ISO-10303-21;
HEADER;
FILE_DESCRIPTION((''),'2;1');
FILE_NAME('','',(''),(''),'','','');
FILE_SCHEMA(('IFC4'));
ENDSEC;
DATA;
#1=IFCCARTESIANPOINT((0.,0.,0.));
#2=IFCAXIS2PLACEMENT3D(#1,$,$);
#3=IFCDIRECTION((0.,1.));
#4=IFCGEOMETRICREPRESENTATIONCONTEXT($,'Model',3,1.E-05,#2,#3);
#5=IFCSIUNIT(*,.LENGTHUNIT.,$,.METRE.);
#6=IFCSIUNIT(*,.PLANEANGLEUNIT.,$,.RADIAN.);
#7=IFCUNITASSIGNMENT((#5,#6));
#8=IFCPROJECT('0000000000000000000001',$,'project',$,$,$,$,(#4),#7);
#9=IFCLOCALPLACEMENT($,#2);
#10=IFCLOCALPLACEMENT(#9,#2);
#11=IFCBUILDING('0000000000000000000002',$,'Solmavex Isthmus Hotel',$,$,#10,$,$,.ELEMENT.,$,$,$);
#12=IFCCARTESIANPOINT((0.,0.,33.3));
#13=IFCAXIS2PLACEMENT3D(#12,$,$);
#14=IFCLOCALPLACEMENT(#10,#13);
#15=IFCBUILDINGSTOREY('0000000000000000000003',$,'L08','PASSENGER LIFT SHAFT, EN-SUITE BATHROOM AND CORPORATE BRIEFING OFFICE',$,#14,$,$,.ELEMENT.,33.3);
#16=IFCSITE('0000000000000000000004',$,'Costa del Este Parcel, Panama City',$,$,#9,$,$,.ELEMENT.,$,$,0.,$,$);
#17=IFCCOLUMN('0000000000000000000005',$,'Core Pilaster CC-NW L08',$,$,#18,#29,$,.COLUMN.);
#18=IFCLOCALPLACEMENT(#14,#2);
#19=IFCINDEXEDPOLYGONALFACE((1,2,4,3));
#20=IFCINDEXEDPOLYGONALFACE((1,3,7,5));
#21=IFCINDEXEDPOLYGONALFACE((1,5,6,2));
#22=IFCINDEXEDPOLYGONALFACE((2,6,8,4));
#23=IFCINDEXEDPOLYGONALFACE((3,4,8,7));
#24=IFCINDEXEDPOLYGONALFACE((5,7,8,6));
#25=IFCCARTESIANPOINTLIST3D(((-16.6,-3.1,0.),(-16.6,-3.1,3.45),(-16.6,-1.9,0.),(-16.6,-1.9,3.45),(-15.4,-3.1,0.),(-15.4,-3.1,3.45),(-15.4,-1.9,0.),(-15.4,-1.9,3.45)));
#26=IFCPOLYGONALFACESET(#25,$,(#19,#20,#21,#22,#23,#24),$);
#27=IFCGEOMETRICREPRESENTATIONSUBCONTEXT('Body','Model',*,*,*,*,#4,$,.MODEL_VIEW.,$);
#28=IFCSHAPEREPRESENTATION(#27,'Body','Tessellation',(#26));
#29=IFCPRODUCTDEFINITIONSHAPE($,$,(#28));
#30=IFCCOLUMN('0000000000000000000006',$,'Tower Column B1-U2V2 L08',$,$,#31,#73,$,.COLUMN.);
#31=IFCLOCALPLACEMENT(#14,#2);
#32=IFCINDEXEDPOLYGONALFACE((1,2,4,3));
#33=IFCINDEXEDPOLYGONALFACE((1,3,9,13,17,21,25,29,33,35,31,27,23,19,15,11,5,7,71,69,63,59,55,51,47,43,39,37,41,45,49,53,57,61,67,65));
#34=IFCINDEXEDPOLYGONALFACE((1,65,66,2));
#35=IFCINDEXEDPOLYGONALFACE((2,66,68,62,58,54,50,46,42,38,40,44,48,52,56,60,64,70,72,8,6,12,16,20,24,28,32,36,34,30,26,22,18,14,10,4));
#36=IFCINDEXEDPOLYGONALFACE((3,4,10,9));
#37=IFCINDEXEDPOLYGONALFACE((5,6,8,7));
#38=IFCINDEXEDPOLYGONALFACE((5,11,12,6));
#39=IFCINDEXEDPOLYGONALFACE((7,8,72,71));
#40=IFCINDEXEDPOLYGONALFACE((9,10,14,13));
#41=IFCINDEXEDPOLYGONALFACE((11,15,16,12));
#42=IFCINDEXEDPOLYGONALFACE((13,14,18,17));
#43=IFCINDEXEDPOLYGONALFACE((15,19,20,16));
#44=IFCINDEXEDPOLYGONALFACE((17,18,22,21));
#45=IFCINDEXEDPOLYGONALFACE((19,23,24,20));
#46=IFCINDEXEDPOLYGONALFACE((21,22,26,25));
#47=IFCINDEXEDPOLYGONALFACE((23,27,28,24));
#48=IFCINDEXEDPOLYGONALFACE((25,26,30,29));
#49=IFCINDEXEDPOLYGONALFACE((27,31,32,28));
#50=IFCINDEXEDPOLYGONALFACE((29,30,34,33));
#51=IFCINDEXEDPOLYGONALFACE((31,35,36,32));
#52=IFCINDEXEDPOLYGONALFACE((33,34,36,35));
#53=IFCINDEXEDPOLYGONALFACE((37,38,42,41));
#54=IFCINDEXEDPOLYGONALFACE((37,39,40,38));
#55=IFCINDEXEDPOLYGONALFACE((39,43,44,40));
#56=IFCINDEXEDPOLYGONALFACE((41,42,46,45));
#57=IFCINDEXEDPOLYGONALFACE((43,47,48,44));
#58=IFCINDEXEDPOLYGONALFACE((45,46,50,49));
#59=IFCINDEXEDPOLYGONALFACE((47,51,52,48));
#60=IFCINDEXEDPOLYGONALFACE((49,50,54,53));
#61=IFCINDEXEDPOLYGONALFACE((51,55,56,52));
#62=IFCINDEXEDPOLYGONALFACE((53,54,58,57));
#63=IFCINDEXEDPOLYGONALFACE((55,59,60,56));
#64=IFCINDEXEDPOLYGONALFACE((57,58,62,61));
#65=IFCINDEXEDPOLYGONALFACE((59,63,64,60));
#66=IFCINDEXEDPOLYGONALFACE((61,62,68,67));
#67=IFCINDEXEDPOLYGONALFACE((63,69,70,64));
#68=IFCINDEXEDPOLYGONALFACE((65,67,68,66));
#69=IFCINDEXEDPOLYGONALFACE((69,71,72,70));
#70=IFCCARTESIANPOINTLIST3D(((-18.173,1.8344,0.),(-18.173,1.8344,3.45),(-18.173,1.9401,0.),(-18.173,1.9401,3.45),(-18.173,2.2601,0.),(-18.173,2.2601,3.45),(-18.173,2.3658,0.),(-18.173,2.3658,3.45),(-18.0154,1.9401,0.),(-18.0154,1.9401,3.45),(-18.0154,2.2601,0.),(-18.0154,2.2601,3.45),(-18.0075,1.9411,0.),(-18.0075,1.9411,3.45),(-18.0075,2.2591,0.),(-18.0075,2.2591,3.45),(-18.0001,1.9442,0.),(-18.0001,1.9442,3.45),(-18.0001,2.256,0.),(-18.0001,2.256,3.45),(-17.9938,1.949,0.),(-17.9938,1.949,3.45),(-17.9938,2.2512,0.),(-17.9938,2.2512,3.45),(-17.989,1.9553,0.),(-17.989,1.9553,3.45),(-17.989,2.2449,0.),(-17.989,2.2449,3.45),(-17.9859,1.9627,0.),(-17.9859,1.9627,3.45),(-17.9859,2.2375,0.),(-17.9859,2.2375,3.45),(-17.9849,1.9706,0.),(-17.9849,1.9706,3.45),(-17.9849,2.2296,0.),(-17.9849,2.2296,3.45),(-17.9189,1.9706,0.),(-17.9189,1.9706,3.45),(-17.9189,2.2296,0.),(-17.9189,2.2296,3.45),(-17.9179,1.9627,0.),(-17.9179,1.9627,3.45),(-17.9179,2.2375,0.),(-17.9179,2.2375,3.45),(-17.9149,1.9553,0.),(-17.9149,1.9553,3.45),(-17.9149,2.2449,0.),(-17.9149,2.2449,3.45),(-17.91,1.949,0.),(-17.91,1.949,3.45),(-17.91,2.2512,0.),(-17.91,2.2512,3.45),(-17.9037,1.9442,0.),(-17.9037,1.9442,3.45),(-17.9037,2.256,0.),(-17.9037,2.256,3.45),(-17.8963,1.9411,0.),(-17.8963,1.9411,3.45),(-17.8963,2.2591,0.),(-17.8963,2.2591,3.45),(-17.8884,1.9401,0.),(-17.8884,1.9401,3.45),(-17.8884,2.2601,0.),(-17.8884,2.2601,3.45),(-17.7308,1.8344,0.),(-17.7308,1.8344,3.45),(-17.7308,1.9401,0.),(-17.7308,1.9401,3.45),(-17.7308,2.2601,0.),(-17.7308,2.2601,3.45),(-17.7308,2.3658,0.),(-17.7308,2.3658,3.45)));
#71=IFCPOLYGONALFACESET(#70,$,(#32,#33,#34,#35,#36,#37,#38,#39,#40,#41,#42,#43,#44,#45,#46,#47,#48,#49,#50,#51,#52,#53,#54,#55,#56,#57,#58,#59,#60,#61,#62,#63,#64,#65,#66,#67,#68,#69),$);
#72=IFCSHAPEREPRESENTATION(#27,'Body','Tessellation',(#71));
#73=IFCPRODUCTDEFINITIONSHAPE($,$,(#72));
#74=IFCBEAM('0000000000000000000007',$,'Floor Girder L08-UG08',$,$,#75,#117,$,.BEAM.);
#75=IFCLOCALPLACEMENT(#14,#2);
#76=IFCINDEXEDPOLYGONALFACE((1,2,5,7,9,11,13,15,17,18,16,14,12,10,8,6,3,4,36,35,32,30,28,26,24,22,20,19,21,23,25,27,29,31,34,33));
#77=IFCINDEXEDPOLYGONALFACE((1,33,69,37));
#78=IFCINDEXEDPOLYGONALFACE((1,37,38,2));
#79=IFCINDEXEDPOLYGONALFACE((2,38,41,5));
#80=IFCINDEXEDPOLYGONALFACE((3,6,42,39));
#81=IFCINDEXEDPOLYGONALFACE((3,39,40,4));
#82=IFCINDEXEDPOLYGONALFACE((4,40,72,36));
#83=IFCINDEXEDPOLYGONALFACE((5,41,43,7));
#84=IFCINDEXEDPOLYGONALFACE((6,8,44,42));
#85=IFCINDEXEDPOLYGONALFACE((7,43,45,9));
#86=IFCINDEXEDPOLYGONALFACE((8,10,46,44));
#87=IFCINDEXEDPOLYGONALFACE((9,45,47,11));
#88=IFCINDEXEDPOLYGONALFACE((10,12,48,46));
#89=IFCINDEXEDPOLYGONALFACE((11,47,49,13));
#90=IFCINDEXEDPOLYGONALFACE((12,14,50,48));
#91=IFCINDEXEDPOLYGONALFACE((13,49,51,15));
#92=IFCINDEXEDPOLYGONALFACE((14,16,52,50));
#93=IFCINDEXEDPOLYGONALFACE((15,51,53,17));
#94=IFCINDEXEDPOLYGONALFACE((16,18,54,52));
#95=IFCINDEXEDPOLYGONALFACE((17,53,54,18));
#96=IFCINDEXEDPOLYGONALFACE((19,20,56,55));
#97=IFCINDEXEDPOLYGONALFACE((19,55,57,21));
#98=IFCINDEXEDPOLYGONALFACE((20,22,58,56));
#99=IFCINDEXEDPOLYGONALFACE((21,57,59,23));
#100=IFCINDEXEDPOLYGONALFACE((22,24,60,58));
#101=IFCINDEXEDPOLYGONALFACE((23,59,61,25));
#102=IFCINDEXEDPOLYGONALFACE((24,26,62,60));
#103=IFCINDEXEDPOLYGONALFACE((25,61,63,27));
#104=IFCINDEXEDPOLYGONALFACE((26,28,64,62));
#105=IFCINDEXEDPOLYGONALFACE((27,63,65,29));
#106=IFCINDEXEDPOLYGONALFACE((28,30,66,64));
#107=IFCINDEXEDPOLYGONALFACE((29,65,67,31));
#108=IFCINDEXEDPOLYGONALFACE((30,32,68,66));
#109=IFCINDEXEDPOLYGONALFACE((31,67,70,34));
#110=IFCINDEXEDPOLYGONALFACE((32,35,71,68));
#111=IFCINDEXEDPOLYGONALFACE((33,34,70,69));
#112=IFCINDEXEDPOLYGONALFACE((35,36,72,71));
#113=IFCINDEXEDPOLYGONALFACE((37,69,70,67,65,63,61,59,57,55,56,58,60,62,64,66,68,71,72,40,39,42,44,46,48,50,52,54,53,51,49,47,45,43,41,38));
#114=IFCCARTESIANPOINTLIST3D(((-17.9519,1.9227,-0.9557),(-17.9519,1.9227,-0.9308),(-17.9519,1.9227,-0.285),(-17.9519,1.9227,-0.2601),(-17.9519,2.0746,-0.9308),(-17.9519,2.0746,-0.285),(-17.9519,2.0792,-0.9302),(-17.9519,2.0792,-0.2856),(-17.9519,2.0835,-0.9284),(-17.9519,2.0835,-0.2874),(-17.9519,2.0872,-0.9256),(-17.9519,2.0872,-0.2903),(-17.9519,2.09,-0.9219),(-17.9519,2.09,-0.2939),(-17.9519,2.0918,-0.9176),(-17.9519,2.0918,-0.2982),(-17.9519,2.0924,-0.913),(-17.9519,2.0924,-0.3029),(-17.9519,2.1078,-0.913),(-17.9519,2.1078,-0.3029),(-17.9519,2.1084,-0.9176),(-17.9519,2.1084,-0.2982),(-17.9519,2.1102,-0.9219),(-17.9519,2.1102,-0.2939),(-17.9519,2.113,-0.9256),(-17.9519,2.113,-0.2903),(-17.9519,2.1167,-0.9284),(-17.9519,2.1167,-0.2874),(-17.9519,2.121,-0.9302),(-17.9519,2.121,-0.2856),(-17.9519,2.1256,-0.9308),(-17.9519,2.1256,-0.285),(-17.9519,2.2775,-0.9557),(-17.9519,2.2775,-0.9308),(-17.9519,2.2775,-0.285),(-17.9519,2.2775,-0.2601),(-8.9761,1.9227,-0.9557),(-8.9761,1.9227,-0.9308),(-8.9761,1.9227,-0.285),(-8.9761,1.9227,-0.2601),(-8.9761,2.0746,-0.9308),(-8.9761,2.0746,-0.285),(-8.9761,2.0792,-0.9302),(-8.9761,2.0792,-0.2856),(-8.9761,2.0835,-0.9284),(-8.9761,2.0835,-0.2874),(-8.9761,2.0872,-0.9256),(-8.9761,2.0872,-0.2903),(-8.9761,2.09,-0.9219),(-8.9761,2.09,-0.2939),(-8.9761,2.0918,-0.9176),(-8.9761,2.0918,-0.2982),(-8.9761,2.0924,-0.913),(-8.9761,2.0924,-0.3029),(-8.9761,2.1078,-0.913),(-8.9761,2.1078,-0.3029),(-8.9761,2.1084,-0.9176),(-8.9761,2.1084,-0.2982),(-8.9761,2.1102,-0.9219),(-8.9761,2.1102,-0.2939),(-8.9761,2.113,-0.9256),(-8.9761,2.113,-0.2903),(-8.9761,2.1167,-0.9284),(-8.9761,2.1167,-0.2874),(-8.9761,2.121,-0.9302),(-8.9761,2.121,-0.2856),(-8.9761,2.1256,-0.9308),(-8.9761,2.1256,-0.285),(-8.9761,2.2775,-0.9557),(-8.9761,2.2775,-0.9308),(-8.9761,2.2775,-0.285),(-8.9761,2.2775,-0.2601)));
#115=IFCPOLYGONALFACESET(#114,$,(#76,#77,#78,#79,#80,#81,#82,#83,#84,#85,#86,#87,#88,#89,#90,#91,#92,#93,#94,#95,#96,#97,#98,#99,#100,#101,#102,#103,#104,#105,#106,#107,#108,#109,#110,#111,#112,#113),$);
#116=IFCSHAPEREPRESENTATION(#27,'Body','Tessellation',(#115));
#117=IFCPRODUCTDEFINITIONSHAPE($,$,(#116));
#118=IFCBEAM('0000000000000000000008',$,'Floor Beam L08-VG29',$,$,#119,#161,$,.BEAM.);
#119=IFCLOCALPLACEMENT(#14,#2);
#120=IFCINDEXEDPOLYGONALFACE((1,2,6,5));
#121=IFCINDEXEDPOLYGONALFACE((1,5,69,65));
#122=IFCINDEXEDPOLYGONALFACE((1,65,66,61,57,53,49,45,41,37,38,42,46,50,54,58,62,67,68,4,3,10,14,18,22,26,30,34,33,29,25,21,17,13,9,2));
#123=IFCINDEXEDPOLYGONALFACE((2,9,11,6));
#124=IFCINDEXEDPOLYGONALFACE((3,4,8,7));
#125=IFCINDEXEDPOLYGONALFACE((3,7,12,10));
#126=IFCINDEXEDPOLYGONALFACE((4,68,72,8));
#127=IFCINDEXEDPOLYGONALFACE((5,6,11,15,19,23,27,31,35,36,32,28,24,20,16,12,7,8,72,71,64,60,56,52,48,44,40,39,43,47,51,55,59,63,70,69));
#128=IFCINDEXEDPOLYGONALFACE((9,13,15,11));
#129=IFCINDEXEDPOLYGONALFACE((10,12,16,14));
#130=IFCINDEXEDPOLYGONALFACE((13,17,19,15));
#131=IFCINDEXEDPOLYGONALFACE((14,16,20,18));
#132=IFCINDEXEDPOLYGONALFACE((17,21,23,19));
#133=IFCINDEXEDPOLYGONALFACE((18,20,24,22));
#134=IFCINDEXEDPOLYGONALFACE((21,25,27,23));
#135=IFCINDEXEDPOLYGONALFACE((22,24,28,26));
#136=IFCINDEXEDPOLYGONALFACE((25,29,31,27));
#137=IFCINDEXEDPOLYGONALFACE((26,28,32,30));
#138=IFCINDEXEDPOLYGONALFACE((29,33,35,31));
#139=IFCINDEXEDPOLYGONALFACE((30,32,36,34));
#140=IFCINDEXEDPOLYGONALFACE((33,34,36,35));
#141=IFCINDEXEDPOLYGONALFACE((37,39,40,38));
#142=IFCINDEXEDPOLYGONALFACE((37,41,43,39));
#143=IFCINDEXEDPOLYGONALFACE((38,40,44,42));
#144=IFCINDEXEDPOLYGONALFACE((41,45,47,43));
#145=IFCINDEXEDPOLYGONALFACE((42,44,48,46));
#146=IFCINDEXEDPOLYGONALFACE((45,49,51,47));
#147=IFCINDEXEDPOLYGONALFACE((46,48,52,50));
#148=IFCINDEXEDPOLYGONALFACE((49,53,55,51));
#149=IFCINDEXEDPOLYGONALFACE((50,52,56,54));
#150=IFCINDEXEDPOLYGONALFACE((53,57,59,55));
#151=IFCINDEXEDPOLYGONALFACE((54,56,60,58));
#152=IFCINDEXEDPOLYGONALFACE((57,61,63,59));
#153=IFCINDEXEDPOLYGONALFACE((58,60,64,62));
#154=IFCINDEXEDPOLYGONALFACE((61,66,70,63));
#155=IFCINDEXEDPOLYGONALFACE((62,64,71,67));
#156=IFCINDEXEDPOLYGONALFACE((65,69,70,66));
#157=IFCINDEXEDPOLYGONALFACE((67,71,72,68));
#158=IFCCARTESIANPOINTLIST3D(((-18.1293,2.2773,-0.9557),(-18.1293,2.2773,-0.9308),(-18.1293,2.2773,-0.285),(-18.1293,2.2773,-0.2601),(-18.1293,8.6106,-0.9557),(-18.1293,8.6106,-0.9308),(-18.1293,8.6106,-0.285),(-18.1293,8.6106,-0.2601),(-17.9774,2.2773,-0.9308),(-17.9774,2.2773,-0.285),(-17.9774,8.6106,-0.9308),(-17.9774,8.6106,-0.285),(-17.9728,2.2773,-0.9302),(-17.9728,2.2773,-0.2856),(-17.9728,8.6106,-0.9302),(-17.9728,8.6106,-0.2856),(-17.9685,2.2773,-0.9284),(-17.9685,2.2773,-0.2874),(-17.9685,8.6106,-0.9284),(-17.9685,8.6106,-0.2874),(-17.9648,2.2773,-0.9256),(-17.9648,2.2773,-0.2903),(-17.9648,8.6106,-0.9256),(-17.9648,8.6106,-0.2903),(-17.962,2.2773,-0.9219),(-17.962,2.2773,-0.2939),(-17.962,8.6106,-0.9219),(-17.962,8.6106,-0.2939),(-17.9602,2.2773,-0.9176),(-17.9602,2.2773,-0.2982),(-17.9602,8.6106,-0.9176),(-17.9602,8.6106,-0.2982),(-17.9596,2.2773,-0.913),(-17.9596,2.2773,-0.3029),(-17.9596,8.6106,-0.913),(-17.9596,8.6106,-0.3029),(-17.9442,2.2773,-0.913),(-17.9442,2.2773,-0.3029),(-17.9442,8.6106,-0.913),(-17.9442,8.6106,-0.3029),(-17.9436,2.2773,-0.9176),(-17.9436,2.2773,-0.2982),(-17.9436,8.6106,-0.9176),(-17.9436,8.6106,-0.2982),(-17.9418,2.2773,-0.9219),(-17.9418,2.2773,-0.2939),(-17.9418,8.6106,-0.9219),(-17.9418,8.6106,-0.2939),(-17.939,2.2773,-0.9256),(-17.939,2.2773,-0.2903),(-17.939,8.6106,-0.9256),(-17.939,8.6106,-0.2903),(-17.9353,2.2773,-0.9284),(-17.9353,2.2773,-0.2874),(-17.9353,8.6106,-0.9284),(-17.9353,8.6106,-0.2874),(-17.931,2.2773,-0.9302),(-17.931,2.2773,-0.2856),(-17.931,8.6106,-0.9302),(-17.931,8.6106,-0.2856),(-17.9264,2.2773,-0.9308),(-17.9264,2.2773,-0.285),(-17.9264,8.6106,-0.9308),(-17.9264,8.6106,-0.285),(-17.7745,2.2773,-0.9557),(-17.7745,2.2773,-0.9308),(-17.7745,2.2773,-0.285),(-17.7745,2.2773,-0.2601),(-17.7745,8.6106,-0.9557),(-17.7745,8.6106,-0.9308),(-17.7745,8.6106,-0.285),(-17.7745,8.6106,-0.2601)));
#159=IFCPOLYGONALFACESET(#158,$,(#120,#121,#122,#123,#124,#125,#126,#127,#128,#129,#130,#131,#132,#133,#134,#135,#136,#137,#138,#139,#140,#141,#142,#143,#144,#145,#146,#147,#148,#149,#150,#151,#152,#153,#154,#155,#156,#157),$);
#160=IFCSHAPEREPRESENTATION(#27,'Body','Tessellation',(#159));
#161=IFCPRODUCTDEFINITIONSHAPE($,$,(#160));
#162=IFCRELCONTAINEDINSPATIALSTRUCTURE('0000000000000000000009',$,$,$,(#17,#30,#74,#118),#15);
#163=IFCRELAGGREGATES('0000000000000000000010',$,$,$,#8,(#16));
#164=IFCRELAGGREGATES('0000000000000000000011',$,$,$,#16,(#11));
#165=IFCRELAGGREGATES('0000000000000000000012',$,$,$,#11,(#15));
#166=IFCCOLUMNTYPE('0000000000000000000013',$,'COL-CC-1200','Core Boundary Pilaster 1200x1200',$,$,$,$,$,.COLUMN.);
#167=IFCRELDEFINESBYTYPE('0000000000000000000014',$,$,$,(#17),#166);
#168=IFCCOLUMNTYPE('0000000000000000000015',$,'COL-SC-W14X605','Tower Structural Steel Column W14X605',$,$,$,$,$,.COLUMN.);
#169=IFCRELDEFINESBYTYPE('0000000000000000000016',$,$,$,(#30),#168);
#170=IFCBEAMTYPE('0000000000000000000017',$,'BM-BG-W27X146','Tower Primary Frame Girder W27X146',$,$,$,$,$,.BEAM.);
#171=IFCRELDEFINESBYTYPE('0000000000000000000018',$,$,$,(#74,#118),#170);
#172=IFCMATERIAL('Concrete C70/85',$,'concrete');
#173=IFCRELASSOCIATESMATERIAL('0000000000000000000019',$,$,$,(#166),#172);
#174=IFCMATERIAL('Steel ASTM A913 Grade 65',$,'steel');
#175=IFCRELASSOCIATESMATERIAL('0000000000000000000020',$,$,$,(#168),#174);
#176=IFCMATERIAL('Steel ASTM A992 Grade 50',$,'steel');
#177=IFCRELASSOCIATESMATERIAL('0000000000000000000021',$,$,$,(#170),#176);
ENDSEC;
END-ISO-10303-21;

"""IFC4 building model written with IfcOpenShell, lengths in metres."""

from ifc_helpers import new_model, si_unit, direction, frame, origin, origin_2d, place, context, subcontext, project, spatial, rectangle, i_section, extrude, material, material_profile, profile_set, type_object, element, save


model = new_model("IFC4")

# Units and contexts
model_context = context("Model", 3, precision=1e-05, world=origin(), true_north=direction((0.0, 1.0)))
body_context = subcontext(model_context, "Body", "Model", "MODEL_VIEW")
ifc_project = project(units=[si_unit("LENGTHUNIT", "METRE"), si_unit("PLANEANGLEUNIT", "RADIAN")], contexts=[model_context])

# Site, building, storey
site_placement = place(None, origin())
site = spatial("IfcSite", under=ifc_project, at=site_placement, Name="Costa del Este Parcel, Panama City", CompositionType="ELEMENT", RefElevation=0.0)
building_placement = place(site_placement, origin())
building = spatial("IfcBuilding", under=site, at=building_placement, Name="Solmavex Isthmus Hotel", CompositionType="ELEMENT")
storey_placement = place(building_placement, frame((0.0, 0.0, 33.3)))
storey = spatial("IfcBuildingStorey", under=building, at=storey_placement, Name="L08", Description="PASSENGER LIFT SHAFT, EN-SUITE BATHROOM AND CORPORATE BRIEFING OFFICE", CompositionType="ELEMENT", Elevation=33.3)

# Columns
ifc_material_1 = material(Name="Concrete C70/85", Category="concrete")
ifc_material_profile_1 = material_profile(ifc_material_1, rectangle(XDim=1.2, YDim=1.2, at=origin_2d()), Name="RC1200X1200")
ifc_profile_set_1 = profile_set([ifc_material_profile_1], Name="Concrete C70/85")
column_type_1 = type_object("IfcColumnType", Name="COL-CC-1200", Description="Core Boundary Pilaster 1200x1200", PredefinedType="COLUMN", material=ifc_profile_set_1)
column_1_placement = place(storey_placement, frame((-16.0, -2.5, 0.0), z_axis=(0.0, 0.0, 1.0), x_axis=(1.0, 0.0, 0.0)))
element("IfcColumn", 1, at=column_1_placement, inside=storey, type_object=column_type_1, Name="Core Pilaster CC-NW L08", PredefinedType="COLUMN", context=body_context, shape_type="SweptSolid", body=[
    extrude(rectangle(XDim=1.2, YDim=1.2, at=origin_2d()), origin(), (0.0, 0.0, 1.0), 3.45),
])
ifc_material_2 = material(Name="Steel ASTM A913 Grade 65", Category="steel")
ifc_material_profile_2 = material_profile(ifc_material_2, i_section(OverallWidth=0.4421, OverallDepth=0.5315, WebThickness=0.0659, FlangeThickness=0.1057, FilletRadius=0.0305, at=origin_2d()), Name="W14X605")
ifc_profile_set_2 = profile_set([ifc_material_profile_2], Name="Steel ASTM A913 Grade 65")
column_type_2 = type_object("IfcColumnType", Name="COL-SC-W14X605", Description="Tower Structural Steel Column W14X605", PredefinedType="COLUMN", material=ifc_profile_set_2)
column_2_placement = place(storey_placement, frame((-17.9519, 2.1001, 0.0), z_axis=(0.0, 0.0, 1.0), x_axis=(1.0, 0.0, 0.0)))
element("IfcColumn", 2, at=column_2_placement, inside=storey, type_object=column_type_2, Name="Tower Column B1-U2V2 L08", PredefinedType="COLUMN", context=body_context, shape_type="SweptSolid", body=[
    extrude(i_section(OverallWidth=0.4421, OverallDepth=0.5315, WebThickness=0.0659, FlangeThickness=0.1057, FilletRadius=0.0305, at=origin_2d()), origin(), (0.0, 0.0, 1.0), 3.45),
])

# Beams
ifc_material_3 = material(Name="Steel ASTM A992 Grade 50", Category="steel")
ifc_material_profile_3 = material_profile(ifc_material_3, i_section(OverallWidth=0.3547, OverallDepth=0.6956, WebThickness=0.0154, FlangeThickness=0.0249, FilletRadius=0.0178, at=origin_2d()), Name="W27X146")
ifc_profile_set_3 = profile_set([ifc_material_profile_3], Name="Steel ASTM A992 Grade 50")
beam_type_1 = type_object("IfcBeamType", Name="BM-BG-W27X146", Description="Tower Primary Frame Girder W27X146", PredefinedType="BEAM", material=ifc_profile_set_3)
beam_1_placement = place(storey_placement, frame((-17.9519, 2.1001, -0.6079), z_axis=(1.0, 0.0, 0.0), x_axis=(0.0, 1.0, 0.0)))
element("IfcBeam", 3, at=beam_1_placement, inside=storey, type_object=beam_type_1, Name="Floor Girder L08-UG08", PredefinedType="BEAM", context=body_context, shape_type="SweptSolid", body=[
    extrude(i_section(OverallWidth=0.3547, OverallDepth=0.6956, WebThickness=0.0154, FlangeThickness=0.0249, FilletRadius=0.0178, at=origin_2d()), origin(), (0.0, 0.0, 1.0), 8.9758),
])
beam_2_placement = place(storey_placement, frame((-17.9519, 2.2773, -0.6079), z_axis=(0.0, 1.0, 0.0), x_axis=(-1.0, 0.0, 0.0)))
element("IfcBeam", 4, at=beam_2_placement, inside=storey, type_object=beam_type_1, Name="Floor Beam L08-VG29", PredefinedType="BEAM", context=body_context, shape_type="SweptSolid", body=[
    extrude(i_section(OverallWidth=0.3547, OverallDepth=0.6956, WebThickness=0.0154, FlangeThickness=0.0249, FilletRadius=0.0178, at=origin_2d()), origin(), (0.0, 0.0, 1.0), 6.3333),
])

save(model, "model.ifc")
